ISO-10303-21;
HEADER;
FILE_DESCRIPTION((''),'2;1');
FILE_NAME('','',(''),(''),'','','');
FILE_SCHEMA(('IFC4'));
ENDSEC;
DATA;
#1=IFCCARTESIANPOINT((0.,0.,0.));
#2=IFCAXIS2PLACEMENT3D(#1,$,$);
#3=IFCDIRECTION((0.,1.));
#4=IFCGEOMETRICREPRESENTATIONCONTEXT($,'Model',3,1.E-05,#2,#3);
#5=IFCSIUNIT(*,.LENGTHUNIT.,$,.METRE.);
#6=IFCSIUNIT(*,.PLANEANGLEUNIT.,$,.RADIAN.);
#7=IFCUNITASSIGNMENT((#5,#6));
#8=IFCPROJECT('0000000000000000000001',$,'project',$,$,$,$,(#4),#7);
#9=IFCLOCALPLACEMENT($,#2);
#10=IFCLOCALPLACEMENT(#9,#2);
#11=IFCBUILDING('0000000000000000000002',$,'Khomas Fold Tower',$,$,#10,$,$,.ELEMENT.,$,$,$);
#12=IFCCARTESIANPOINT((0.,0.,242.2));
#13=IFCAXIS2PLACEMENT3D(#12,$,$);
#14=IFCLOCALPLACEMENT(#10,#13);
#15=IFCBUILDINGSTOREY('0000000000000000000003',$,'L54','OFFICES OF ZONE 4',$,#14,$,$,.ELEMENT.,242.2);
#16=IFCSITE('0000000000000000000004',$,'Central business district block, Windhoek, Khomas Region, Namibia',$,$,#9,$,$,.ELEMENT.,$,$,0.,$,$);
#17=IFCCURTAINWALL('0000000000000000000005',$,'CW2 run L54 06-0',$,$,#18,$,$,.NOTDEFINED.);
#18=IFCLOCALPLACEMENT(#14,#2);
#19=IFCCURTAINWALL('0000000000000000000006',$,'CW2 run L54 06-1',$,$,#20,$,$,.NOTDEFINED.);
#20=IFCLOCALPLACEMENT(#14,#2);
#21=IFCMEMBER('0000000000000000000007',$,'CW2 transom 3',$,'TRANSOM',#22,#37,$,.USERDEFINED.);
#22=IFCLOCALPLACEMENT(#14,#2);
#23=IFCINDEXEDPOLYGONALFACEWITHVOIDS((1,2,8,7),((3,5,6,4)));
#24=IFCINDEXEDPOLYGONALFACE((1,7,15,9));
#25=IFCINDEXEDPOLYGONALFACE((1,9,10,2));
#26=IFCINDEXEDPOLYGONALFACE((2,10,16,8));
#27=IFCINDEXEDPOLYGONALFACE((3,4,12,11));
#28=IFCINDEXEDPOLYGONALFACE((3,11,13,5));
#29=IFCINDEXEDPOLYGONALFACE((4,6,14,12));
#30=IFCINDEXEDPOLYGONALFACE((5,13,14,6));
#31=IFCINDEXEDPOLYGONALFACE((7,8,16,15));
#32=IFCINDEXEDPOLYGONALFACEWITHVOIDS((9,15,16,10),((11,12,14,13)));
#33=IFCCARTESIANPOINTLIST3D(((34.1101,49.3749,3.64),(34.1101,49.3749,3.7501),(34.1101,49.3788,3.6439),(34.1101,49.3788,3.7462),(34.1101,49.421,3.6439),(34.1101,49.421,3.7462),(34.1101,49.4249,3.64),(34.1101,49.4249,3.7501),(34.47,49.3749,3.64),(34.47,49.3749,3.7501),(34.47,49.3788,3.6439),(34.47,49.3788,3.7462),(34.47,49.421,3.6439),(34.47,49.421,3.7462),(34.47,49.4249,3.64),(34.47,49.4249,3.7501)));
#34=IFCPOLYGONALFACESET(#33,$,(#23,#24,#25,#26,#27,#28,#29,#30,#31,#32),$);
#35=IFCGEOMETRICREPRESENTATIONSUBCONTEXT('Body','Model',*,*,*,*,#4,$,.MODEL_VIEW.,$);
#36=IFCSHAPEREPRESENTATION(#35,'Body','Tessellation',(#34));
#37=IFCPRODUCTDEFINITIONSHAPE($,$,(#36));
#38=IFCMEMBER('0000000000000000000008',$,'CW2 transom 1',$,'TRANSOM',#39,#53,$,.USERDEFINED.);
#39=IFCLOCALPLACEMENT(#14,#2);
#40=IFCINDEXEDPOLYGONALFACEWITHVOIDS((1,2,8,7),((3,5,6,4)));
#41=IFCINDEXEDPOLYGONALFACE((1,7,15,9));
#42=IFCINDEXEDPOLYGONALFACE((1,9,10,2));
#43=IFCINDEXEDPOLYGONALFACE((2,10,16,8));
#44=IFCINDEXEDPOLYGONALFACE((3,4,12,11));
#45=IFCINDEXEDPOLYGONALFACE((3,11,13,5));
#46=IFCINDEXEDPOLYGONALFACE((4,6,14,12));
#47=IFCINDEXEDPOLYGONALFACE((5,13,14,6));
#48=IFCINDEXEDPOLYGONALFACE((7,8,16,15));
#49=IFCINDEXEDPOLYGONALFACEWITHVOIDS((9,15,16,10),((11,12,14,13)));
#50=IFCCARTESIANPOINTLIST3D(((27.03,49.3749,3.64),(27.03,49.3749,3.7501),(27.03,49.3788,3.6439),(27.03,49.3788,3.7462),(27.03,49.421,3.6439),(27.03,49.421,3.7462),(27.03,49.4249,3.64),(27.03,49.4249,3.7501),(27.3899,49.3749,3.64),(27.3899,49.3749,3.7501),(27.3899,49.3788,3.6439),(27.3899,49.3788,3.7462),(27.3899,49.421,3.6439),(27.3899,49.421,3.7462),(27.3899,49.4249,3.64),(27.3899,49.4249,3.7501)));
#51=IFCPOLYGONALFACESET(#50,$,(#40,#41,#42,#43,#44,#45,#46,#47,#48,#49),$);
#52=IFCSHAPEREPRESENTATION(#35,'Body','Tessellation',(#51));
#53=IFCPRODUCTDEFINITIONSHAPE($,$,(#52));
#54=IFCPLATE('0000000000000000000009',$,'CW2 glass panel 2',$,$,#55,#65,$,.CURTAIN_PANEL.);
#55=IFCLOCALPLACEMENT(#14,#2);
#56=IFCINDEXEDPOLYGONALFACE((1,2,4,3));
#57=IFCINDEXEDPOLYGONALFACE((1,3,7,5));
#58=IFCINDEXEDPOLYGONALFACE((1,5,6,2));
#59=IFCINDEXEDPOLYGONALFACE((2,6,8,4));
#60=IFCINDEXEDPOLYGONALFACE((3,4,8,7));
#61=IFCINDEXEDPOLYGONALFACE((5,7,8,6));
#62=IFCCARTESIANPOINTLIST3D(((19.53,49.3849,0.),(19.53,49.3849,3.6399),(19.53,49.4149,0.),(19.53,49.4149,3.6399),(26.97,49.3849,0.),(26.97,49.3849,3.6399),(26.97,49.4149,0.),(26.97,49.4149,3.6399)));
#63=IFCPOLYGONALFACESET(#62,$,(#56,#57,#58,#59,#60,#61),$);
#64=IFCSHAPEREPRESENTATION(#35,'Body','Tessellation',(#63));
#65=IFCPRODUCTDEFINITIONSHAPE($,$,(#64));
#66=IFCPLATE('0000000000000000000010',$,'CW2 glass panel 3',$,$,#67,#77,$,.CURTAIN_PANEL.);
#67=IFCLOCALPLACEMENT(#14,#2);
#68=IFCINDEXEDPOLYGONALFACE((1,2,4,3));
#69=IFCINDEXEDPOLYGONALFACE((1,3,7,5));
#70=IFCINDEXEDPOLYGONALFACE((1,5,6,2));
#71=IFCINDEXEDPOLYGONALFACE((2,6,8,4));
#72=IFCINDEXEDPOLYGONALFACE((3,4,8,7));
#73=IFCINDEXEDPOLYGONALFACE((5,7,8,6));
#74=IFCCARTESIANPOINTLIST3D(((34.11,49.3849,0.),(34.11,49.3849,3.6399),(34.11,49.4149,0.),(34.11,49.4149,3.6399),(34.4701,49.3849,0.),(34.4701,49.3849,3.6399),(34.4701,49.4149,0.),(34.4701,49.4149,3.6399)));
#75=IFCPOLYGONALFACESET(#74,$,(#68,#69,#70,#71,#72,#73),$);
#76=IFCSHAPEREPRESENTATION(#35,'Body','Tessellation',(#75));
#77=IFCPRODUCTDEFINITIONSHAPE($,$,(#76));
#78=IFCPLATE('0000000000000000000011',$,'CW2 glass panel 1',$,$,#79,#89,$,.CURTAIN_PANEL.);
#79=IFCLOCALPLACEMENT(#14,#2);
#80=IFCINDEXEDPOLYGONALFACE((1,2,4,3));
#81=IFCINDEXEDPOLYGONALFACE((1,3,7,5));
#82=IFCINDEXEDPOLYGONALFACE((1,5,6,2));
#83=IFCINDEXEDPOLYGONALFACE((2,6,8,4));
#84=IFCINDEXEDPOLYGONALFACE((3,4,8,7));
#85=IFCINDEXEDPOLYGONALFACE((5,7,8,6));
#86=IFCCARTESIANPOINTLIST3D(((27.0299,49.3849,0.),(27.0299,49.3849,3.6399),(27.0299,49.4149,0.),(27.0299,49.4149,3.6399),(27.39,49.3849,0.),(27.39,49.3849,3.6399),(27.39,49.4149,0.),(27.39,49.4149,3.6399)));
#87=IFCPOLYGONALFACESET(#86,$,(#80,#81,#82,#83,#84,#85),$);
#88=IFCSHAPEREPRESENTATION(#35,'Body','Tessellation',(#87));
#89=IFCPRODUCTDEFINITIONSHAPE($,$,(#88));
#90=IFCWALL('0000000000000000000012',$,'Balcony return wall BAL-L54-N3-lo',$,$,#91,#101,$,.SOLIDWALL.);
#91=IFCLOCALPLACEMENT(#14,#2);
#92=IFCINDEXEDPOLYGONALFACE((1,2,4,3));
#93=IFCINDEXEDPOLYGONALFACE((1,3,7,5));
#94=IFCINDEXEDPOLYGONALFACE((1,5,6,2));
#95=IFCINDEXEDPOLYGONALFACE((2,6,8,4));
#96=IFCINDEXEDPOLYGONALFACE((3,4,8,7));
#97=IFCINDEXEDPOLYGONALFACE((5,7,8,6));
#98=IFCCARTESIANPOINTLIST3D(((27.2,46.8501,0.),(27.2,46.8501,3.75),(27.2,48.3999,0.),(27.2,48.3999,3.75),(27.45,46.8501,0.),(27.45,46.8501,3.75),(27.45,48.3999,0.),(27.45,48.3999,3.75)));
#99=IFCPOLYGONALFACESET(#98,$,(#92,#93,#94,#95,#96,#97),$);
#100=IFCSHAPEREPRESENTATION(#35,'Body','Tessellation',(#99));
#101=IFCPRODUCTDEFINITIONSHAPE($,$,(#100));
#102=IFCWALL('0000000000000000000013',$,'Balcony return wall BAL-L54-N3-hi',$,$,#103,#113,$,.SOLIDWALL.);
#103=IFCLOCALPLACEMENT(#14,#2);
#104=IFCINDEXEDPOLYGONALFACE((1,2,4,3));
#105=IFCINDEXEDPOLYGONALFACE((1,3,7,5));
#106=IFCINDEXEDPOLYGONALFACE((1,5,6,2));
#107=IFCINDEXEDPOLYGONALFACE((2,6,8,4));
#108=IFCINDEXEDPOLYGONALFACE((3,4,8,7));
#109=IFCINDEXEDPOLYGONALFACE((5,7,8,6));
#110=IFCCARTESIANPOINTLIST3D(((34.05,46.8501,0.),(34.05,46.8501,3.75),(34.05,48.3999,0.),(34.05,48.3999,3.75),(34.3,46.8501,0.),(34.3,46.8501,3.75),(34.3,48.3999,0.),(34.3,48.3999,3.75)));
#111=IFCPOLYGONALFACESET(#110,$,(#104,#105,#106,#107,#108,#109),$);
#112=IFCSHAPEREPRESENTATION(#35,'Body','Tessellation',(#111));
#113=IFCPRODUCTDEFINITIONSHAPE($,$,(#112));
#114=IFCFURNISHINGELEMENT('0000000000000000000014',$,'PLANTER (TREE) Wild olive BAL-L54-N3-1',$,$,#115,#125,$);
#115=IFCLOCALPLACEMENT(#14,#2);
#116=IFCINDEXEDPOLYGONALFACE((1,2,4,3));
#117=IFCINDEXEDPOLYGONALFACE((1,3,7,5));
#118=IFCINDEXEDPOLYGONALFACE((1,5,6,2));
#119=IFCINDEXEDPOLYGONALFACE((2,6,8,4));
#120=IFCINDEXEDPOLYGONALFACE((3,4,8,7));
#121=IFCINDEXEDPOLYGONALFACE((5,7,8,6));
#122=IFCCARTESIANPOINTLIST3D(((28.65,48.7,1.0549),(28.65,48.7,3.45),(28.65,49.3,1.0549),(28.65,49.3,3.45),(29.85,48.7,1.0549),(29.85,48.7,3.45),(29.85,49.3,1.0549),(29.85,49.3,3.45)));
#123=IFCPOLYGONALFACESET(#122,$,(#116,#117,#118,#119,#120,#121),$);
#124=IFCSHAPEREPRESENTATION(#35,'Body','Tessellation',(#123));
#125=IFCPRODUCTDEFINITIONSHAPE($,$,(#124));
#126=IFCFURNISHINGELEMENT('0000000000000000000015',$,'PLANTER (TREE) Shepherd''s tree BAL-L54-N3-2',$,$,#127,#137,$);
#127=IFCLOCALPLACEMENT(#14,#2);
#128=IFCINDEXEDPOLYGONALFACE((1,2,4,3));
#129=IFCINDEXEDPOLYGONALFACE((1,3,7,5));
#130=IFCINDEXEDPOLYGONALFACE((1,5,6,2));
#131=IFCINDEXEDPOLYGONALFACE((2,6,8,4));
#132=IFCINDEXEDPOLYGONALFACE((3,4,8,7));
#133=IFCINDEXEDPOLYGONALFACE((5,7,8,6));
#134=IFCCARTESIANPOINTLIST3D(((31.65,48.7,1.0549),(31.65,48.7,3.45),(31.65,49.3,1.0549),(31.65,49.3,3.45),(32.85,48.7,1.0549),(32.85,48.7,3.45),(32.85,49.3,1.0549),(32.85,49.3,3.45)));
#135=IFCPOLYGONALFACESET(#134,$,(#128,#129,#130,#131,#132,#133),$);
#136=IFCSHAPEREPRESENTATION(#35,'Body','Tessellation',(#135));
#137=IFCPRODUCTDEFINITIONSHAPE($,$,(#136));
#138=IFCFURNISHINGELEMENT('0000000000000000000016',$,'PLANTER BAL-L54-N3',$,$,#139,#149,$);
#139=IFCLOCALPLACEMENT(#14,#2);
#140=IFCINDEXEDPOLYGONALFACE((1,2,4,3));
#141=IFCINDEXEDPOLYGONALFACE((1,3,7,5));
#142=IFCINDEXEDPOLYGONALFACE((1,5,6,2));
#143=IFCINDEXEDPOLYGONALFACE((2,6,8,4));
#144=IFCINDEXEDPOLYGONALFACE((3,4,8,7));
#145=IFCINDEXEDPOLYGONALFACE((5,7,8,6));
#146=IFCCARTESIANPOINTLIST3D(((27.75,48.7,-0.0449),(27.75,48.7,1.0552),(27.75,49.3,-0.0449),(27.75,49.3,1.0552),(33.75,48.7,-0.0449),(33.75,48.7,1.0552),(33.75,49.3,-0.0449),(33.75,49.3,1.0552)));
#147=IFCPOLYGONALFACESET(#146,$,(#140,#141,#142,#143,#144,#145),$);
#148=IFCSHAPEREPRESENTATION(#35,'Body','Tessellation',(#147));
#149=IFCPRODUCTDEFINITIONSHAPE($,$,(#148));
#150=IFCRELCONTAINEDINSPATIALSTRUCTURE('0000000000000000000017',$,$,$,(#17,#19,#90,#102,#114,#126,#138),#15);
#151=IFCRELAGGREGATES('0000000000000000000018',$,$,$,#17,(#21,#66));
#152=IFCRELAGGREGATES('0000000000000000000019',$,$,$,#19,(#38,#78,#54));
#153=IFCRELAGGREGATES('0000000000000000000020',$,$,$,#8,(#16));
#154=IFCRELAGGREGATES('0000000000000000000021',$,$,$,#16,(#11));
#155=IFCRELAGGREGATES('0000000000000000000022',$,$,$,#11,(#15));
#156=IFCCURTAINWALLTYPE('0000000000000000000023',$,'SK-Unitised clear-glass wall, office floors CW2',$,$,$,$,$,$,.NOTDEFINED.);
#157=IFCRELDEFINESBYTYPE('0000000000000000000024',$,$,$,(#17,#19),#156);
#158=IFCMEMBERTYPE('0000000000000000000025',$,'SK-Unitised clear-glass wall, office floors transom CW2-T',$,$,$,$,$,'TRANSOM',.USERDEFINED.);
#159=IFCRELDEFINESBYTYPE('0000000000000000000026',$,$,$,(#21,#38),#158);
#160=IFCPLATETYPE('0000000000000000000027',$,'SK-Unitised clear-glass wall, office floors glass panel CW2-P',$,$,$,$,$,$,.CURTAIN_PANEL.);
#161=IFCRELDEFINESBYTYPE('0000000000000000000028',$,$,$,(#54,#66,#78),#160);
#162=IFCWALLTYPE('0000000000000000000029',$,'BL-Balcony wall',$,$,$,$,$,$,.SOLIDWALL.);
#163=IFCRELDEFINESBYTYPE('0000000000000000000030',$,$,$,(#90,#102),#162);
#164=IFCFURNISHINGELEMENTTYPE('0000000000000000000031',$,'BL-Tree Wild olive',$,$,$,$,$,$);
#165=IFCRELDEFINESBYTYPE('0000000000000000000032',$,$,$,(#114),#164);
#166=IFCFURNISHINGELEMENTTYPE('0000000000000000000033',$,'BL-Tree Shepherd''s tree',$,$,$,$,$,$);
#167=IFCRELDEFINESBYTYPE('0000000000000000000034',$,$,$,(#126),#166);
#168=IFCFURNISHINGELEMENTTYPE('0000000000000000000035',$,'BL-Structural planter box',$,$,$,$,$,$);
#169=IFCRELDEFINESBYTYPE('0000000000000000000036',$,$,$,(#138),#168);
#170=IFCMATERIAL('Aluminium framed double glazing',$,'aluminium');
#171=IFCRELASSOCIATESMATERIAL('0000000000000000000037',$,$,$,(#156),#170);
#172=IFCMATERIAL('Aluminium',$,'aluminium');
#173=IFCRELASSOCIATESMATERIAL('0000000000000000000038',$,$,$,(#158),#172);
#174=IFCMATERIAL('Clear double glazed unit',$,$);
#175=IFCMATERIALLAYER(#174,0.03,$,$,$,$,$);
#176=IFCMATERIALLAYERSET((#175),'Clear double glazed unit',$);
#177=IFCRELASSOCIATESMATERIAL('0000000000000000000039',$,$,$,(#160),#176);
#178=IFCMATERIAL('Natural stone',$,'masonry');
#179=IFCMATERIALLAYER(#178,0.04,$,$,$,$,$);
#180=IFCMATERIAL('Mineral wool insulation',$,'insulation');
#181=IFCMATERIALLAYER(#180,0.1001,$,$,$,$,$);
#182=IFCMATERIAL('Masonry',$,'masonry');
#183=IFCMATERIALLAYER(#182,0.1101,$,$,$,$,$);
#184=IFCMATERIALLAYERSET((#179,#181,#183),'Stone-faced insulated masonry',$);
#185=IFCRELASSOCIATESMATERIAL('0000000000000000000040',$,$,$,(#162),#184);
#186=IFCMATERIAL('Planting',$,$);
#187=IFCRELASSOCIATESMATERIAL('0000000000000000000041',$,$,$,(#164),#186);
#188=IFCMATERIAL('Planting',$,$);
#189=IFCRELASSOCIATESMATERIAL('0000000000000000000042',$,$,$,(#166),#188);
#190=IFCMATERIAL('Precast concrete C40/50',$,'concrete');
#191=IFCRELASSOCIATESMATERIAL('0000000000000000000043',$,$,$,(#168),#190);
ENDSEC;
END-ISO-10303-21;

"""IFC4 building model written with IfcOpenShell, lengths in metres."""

from ifc_helpers import new_model, si_unit, direction, frame, frame_2d, origin, origin_2d, place, context, subcontext, project, spatial, rectangle, hollow_rectangle, extrude, source, transform, mapped, material, layer, layer_set, material_profile, profile_set, type_object, element, aggregate, save


model = new_model("IFC4")

# Units and contexts
model_context = context("Model", 3, precision=1e-05, world=origin(), true_north=direction((0.0, 1.0)))
body_context = subcontext(model_context, "Body", "Model", "MODEL_VIEW")
ifc_project = project(units=[si_unit("LENGTHUNIT", "METRE"), si_unit("PLANEANGLEUNIT", "RADIAN")], contexts=[model_context])

# Site, building, storey
site_placement = place(None, origin())
site = spatial("IfcSite", under=ifc_project, at=site_placement, Name="Central business district block, Windhoek, Khomas Region, Namibia", CompositionType="ELEMENT", RefElevation=0.0)
building_placement = place(site_placement, origin())
building = spatial("IfcBuilding", under=site, at=building_placement, Name="Khomas Fold Tower", CompositionType="ELEMENT")
storey_placement = place(building_placement, frame((0.0, 0.0, 242.2)))
storey = spatial("IfcBuildingStorey", under=building, at=storey_placement, Name="L54", Description="OFFICES OF ZONE 4", CompositionType="ELEMENT", Elevation=242.2)

# Curtain wall
ifc_material_1 = material(Name="Aluminium framed double glazing", Category="aluminium")
curtain_wall_type = type_object("IfcCurtainWallType", Name="SK-Unitised clear-glass wall, office floors CW2", PredefinedType="NOTDEFINED", material=ifc_material_1)
curtain_wall_1_placement = place(storey_placement, origin())
curtain_wall_1 = element("IfcCurtainWall", 1, at=curtain_wall_1_placement, inside=storey, type_object=curtain_wall_type, Name="CW2 run L54 06-0", PredefinedType="NOTDEFINED")

# Curtain wall
curtain_wall_2_placement = place(storey_placement, origin())
curtain_wall_2 = element("IfcCurtainWall", 2, at=curtain_wall_2_placement, inside=storey, type_object=curtain_wall_type, Name="CW2 run L54 06-1", PredefinedType="NOTDEFINED")
ifc_material_2 = material(Name="Aluminium", Category="aluminium")
ifc_material_profile_1 = material_profile(ifc_material_2, hollow_rectangle(XDim=0.05, YDim=0.1101, WallThickness=0.0039, at=origin_2d()), Name="SK-Unitised clear-glass wall, office floors transom CW2-T")
ifc_profile_set_1 = profile_set([ifc_material_profile_1], Name="Aluminium")
member_type_1 = type_object("IfcMemberType", Name="SK-Unitised clear-glass wall, office floors transom CW2-T", ElementType="TRANSOM", PredefinedType="USERDEFINED", material=ifc_profile_set_1)

# Members
shared_shape_1 = source(origin(), body_context, "Body", "SweptSolid", [
    extrude(hollow_rectangle(XDim=0.05, YDim=0.1101, WallThickness=0.0039, at=origin_2d()), origin(), (0.0, 0.0, 1.0), 0.3599),
])
member_1_placement = place(storey_placement, frame((34.47, 49.3999, 3.6951), z_axis=(-1.0, 0.0, 0.0), x_axis=(0.0, -1.0, 0.0)))
member_1 = element("IfcMember", 3, at=member_1_placement, type_object=member_type_1, Name="CW2 transom 3", ObjectType="TRANSOM", PredefinedType="USERDEFINED", context=body_context, shape_type="MappedRepresentation", body=[
    mapped(shared_shape_1, transform((0.0, 0.0, 0.0))),
])
member_2_placement = place(storey_placement, frame((27.3899, 49.3999, 3.6951), z_axis=(-1.0, 0.0, 0.0), x_axis=(0.0, -1.0, 0.0)))
member_2 = element("IfcMember", 4, at=member_2_placement, type_object=member_type_1, Name="CW2 transom 1", ObjectType="TRANSOM", PredefinedType="USERDEFINED", context=body_context, shape_type="MappedRepresentation", body=[
    mapped(shared_shape_1, transform((0.0, 0.0, 0.0))),
])

# Plates
ifc_material_3 = material(Name="Clear double glazed unit")
ifc_layer_1 = layer(ifc_material_3, 0.03)
ifc_layer_set_1 = layer_set([ifc_layer_1], Name="Clear double glazed unit")
plate_type = type_object("IfcPlateType", Name="SK-Unitised clear-glass wall, office floors glass panel CW2-P", PredefinedType="CURTAIN_PANEL", material=ifc_layer_set_1)
shared_shape_2 = source(origin(), body_context, "Body", "SweptSolid", [
    extrude(rectangle(XDim=7.4399, YDim=0.03, at=origin_2d()), origin(), (0.0, 0.0, 1.0), 3.6399),
])
plate_1_placement = place(storey_placement, frame((23.25, 49.3999, 0.0), z_axis=(0.0, 0.0, 1.0), x_axis=(-1.0, 0.0, 0.0)))
plate_1 = element("IfcPlate", 5, at=plate_1_placement, type_object=plate_type, Name="CW2 glass panel 2", PredefinedType="CURTAIN_PANEL", context=body_context, shape_type="MappedRepresentation", body=[
    mapped(shared_shape_2, transform((0.0, 0.0, 0.0))),
])
shared_shape_3 = source(origin(), body_context, "Body", "SweptSolid", [
    extrude(rectangle(XDim=0.3601, YDim=0.03, at=origin_2d()), origin(), (0.0, 0.0, 1.0), 3.6399),
])
plate_2_placement = place(storey_placement, frame((34.29, 49.3999, 0.0), z_axis=(0.0, 0.0, 1.0), x_axis=(-1.0, 0.0, 0.0)))
plate_2 = element("IfcPlate", 6, at=plate_2_placement, type_object=plate_type, Name="CW2 glass panel 3", PredefinedType="CURTAIN_PANEL", context=body_context, shape_type="MappedRepresentation", body=[
    mapped(shared_shape_3, transform((0.0, 0.0, 0.0))),
])
aggregate(curtain_wall_1, [member_1, plate_2])
plate_3_placement = place(storey_placement, frame((27.21, 49.3999, 0.0), z_axis=(0.0, 0.0, 1.0), x_axis=(-1.0, 0.0, 0.0)))
plate_3 = element("IfcPlate", 7, at=plate_3_placement, type_object=plate_type, Name="CW2 glass panel 1", PredefinedType="CURTAIN_PANEL", context=body_context, shape_type="MappedRepresentation", body=[
    mapped(shared_shape_3, transform((0.0, 0.0, 0.0))),
])
aggregate(curtain_wall_2, [member_2, plate_3, plate_1])

# Walls
ifc_material_4 = material(Name="Natural stone", Category="masonry")
ifc_layer_2 = layer(ifc_material_4, 0.04)
ifc_material_5 = material(Name="Mineral wool insulation", Category="insulation")
ifc_layer_3 = layer(ifc_material_5, 0.1001)
ifc_material_6 = material(Name="Masonry", Category="masonry")
ifc_layer_4 = layer(ifc_material_6, 0.1101)
ifc_layer_set_2 = layer_set([ifc_layer_2, ifc_layer_3, ifc_layer_4], Name="Stone-faced insulated masonry")
wall_type = type_object("IfcWallType", Name="BL-Balcony wall", PredefinedType="SOLIDWALL", material=ifc_layer_set_2)
shared_shape_4 = source(origin(), body_context, "Body", "SweptSolid", [
    extrude(rectangle(XDim=1.5498, YDim=0.25, at=frame_2d((0.7749, 0.0))), origin(), (0.0, 0.0, 1.0), 3.75),
])
for number, where, z_axis, x_axis, name in (
    (8, (27.325, 48.3999, 0.0), (0.0, 0.0, 1.0), (0.0, -1.0, 0.0), "Balcony return wall BAL-L54-N3-lo"),
    (9, (34.175, 48.3999, 0.0), (0.0, 0.0, 1.0), (0.0, -1.0, 0.0), "Balcony return wall BAL-L54-N3-hi"),
):
    element("IfcWall", number, at=place(storey_placement, frame(where, z_axis=z_axis, x_axis=x_axis)), inside=storey, type_object=wall_type, Name=name, PredefinedType="SOLIDWALL", context=body_context, shape_type="MappedRepresentation", body=[
        mapped(shared_shape_4, transform((0.0, 0.0, 0.0))),
    ])

# Furnishing elements
ifc_material_7 = material(Name="Planting")
furnishing_element_type_1 = type_object("IfcFurnishingElementType", Name="BL-Tree Wild olive", material=ifc_material_7)
shared_shape_5 = source(origin(), body_context, "Body", "SweptSolid", [
    extrude(rectangle(XDim=1.2, YDim=0.6001, at=origin_2d()), origin(), (0.0, 0.0, 1.0), 2.395),
])
furnishing_1_placement = place(storey_placement, frame((29.25, 49.0, 1.0549), z_axis=(0.0, 0.0, 1.0), x_axis=(1.0, 0.0, 0.0)))
element("IfcFurnishingElement", 10, at=furnishing_1_placement, inside=storey, type_object=furnishing_element_type_1, Name="PLANTER (TREE) Wild olive BAL-L54-N3-1", context=body_context, shape_type="MappedRepresentation", body=[
    mapped(shared_shape_5, transform((0.0, 0.0, 0.0))),
])
ifc_material_8 = material(Name="Planting")
furnishing_element_type_2 = type_object("IfcFurnishingElementType", Name="BL-Tree Shepherd's tree", material=ifc_material_8)
furnishing_2_placement = place(storey_placement, frame((32.25, 49.0, 1.0549), z_axis=(0.0, 0.0, 1.0), x_axis=(1.0, 0.0, 0.0)))
element("IfcFurnishingElement", 11, at=furnishing_2_placement, inside=storey, type_object=furnishing_element_type_2, Name="PLANTER (TREE) Shepherd's tree BAL-L54-N3-2", context=body_context, shape_type="MappedRepresentation", body=[
    mapped(shared_shape_5, transform((0.0, 0.0, 0.0))),
])
ifc_material_9 = material(Name="Precast concrete C40/50", Category="concrete")
furnishing_element_type_3 = type_object("IfcFurnishingElementType", Name="BL-Structural planter box", material=ifc_material_9)
shared_shape_6 = source(origin(), body_context, "Body", "SweptSolid", [
    extrude(rectangle(XDim=6.0, YDim=0.6001, at=origin_2d()), origin(), (0.0, 0.0, 1.0), 1.1001),
])
furnishing_3_placement = place(storey_placement, frame((30.75, 49.0, -0.0449), z_axis=(0.0, 0.0, 1.0), x_axis=(1.0, 0.0, 0.0)))
element("IfcFurnishingElement", 12, at=furnishing_3_placement, inside=storey, type_object=furnishing_element_type_3, Name="PLANTER BAL-L54-N3", context=body_context, shape_type="MappedRepresentation", body=[
    mapped(shared_shape_6, transform((0.0, 0.0, 0.0))),
])

save(model, "model.ifc")
